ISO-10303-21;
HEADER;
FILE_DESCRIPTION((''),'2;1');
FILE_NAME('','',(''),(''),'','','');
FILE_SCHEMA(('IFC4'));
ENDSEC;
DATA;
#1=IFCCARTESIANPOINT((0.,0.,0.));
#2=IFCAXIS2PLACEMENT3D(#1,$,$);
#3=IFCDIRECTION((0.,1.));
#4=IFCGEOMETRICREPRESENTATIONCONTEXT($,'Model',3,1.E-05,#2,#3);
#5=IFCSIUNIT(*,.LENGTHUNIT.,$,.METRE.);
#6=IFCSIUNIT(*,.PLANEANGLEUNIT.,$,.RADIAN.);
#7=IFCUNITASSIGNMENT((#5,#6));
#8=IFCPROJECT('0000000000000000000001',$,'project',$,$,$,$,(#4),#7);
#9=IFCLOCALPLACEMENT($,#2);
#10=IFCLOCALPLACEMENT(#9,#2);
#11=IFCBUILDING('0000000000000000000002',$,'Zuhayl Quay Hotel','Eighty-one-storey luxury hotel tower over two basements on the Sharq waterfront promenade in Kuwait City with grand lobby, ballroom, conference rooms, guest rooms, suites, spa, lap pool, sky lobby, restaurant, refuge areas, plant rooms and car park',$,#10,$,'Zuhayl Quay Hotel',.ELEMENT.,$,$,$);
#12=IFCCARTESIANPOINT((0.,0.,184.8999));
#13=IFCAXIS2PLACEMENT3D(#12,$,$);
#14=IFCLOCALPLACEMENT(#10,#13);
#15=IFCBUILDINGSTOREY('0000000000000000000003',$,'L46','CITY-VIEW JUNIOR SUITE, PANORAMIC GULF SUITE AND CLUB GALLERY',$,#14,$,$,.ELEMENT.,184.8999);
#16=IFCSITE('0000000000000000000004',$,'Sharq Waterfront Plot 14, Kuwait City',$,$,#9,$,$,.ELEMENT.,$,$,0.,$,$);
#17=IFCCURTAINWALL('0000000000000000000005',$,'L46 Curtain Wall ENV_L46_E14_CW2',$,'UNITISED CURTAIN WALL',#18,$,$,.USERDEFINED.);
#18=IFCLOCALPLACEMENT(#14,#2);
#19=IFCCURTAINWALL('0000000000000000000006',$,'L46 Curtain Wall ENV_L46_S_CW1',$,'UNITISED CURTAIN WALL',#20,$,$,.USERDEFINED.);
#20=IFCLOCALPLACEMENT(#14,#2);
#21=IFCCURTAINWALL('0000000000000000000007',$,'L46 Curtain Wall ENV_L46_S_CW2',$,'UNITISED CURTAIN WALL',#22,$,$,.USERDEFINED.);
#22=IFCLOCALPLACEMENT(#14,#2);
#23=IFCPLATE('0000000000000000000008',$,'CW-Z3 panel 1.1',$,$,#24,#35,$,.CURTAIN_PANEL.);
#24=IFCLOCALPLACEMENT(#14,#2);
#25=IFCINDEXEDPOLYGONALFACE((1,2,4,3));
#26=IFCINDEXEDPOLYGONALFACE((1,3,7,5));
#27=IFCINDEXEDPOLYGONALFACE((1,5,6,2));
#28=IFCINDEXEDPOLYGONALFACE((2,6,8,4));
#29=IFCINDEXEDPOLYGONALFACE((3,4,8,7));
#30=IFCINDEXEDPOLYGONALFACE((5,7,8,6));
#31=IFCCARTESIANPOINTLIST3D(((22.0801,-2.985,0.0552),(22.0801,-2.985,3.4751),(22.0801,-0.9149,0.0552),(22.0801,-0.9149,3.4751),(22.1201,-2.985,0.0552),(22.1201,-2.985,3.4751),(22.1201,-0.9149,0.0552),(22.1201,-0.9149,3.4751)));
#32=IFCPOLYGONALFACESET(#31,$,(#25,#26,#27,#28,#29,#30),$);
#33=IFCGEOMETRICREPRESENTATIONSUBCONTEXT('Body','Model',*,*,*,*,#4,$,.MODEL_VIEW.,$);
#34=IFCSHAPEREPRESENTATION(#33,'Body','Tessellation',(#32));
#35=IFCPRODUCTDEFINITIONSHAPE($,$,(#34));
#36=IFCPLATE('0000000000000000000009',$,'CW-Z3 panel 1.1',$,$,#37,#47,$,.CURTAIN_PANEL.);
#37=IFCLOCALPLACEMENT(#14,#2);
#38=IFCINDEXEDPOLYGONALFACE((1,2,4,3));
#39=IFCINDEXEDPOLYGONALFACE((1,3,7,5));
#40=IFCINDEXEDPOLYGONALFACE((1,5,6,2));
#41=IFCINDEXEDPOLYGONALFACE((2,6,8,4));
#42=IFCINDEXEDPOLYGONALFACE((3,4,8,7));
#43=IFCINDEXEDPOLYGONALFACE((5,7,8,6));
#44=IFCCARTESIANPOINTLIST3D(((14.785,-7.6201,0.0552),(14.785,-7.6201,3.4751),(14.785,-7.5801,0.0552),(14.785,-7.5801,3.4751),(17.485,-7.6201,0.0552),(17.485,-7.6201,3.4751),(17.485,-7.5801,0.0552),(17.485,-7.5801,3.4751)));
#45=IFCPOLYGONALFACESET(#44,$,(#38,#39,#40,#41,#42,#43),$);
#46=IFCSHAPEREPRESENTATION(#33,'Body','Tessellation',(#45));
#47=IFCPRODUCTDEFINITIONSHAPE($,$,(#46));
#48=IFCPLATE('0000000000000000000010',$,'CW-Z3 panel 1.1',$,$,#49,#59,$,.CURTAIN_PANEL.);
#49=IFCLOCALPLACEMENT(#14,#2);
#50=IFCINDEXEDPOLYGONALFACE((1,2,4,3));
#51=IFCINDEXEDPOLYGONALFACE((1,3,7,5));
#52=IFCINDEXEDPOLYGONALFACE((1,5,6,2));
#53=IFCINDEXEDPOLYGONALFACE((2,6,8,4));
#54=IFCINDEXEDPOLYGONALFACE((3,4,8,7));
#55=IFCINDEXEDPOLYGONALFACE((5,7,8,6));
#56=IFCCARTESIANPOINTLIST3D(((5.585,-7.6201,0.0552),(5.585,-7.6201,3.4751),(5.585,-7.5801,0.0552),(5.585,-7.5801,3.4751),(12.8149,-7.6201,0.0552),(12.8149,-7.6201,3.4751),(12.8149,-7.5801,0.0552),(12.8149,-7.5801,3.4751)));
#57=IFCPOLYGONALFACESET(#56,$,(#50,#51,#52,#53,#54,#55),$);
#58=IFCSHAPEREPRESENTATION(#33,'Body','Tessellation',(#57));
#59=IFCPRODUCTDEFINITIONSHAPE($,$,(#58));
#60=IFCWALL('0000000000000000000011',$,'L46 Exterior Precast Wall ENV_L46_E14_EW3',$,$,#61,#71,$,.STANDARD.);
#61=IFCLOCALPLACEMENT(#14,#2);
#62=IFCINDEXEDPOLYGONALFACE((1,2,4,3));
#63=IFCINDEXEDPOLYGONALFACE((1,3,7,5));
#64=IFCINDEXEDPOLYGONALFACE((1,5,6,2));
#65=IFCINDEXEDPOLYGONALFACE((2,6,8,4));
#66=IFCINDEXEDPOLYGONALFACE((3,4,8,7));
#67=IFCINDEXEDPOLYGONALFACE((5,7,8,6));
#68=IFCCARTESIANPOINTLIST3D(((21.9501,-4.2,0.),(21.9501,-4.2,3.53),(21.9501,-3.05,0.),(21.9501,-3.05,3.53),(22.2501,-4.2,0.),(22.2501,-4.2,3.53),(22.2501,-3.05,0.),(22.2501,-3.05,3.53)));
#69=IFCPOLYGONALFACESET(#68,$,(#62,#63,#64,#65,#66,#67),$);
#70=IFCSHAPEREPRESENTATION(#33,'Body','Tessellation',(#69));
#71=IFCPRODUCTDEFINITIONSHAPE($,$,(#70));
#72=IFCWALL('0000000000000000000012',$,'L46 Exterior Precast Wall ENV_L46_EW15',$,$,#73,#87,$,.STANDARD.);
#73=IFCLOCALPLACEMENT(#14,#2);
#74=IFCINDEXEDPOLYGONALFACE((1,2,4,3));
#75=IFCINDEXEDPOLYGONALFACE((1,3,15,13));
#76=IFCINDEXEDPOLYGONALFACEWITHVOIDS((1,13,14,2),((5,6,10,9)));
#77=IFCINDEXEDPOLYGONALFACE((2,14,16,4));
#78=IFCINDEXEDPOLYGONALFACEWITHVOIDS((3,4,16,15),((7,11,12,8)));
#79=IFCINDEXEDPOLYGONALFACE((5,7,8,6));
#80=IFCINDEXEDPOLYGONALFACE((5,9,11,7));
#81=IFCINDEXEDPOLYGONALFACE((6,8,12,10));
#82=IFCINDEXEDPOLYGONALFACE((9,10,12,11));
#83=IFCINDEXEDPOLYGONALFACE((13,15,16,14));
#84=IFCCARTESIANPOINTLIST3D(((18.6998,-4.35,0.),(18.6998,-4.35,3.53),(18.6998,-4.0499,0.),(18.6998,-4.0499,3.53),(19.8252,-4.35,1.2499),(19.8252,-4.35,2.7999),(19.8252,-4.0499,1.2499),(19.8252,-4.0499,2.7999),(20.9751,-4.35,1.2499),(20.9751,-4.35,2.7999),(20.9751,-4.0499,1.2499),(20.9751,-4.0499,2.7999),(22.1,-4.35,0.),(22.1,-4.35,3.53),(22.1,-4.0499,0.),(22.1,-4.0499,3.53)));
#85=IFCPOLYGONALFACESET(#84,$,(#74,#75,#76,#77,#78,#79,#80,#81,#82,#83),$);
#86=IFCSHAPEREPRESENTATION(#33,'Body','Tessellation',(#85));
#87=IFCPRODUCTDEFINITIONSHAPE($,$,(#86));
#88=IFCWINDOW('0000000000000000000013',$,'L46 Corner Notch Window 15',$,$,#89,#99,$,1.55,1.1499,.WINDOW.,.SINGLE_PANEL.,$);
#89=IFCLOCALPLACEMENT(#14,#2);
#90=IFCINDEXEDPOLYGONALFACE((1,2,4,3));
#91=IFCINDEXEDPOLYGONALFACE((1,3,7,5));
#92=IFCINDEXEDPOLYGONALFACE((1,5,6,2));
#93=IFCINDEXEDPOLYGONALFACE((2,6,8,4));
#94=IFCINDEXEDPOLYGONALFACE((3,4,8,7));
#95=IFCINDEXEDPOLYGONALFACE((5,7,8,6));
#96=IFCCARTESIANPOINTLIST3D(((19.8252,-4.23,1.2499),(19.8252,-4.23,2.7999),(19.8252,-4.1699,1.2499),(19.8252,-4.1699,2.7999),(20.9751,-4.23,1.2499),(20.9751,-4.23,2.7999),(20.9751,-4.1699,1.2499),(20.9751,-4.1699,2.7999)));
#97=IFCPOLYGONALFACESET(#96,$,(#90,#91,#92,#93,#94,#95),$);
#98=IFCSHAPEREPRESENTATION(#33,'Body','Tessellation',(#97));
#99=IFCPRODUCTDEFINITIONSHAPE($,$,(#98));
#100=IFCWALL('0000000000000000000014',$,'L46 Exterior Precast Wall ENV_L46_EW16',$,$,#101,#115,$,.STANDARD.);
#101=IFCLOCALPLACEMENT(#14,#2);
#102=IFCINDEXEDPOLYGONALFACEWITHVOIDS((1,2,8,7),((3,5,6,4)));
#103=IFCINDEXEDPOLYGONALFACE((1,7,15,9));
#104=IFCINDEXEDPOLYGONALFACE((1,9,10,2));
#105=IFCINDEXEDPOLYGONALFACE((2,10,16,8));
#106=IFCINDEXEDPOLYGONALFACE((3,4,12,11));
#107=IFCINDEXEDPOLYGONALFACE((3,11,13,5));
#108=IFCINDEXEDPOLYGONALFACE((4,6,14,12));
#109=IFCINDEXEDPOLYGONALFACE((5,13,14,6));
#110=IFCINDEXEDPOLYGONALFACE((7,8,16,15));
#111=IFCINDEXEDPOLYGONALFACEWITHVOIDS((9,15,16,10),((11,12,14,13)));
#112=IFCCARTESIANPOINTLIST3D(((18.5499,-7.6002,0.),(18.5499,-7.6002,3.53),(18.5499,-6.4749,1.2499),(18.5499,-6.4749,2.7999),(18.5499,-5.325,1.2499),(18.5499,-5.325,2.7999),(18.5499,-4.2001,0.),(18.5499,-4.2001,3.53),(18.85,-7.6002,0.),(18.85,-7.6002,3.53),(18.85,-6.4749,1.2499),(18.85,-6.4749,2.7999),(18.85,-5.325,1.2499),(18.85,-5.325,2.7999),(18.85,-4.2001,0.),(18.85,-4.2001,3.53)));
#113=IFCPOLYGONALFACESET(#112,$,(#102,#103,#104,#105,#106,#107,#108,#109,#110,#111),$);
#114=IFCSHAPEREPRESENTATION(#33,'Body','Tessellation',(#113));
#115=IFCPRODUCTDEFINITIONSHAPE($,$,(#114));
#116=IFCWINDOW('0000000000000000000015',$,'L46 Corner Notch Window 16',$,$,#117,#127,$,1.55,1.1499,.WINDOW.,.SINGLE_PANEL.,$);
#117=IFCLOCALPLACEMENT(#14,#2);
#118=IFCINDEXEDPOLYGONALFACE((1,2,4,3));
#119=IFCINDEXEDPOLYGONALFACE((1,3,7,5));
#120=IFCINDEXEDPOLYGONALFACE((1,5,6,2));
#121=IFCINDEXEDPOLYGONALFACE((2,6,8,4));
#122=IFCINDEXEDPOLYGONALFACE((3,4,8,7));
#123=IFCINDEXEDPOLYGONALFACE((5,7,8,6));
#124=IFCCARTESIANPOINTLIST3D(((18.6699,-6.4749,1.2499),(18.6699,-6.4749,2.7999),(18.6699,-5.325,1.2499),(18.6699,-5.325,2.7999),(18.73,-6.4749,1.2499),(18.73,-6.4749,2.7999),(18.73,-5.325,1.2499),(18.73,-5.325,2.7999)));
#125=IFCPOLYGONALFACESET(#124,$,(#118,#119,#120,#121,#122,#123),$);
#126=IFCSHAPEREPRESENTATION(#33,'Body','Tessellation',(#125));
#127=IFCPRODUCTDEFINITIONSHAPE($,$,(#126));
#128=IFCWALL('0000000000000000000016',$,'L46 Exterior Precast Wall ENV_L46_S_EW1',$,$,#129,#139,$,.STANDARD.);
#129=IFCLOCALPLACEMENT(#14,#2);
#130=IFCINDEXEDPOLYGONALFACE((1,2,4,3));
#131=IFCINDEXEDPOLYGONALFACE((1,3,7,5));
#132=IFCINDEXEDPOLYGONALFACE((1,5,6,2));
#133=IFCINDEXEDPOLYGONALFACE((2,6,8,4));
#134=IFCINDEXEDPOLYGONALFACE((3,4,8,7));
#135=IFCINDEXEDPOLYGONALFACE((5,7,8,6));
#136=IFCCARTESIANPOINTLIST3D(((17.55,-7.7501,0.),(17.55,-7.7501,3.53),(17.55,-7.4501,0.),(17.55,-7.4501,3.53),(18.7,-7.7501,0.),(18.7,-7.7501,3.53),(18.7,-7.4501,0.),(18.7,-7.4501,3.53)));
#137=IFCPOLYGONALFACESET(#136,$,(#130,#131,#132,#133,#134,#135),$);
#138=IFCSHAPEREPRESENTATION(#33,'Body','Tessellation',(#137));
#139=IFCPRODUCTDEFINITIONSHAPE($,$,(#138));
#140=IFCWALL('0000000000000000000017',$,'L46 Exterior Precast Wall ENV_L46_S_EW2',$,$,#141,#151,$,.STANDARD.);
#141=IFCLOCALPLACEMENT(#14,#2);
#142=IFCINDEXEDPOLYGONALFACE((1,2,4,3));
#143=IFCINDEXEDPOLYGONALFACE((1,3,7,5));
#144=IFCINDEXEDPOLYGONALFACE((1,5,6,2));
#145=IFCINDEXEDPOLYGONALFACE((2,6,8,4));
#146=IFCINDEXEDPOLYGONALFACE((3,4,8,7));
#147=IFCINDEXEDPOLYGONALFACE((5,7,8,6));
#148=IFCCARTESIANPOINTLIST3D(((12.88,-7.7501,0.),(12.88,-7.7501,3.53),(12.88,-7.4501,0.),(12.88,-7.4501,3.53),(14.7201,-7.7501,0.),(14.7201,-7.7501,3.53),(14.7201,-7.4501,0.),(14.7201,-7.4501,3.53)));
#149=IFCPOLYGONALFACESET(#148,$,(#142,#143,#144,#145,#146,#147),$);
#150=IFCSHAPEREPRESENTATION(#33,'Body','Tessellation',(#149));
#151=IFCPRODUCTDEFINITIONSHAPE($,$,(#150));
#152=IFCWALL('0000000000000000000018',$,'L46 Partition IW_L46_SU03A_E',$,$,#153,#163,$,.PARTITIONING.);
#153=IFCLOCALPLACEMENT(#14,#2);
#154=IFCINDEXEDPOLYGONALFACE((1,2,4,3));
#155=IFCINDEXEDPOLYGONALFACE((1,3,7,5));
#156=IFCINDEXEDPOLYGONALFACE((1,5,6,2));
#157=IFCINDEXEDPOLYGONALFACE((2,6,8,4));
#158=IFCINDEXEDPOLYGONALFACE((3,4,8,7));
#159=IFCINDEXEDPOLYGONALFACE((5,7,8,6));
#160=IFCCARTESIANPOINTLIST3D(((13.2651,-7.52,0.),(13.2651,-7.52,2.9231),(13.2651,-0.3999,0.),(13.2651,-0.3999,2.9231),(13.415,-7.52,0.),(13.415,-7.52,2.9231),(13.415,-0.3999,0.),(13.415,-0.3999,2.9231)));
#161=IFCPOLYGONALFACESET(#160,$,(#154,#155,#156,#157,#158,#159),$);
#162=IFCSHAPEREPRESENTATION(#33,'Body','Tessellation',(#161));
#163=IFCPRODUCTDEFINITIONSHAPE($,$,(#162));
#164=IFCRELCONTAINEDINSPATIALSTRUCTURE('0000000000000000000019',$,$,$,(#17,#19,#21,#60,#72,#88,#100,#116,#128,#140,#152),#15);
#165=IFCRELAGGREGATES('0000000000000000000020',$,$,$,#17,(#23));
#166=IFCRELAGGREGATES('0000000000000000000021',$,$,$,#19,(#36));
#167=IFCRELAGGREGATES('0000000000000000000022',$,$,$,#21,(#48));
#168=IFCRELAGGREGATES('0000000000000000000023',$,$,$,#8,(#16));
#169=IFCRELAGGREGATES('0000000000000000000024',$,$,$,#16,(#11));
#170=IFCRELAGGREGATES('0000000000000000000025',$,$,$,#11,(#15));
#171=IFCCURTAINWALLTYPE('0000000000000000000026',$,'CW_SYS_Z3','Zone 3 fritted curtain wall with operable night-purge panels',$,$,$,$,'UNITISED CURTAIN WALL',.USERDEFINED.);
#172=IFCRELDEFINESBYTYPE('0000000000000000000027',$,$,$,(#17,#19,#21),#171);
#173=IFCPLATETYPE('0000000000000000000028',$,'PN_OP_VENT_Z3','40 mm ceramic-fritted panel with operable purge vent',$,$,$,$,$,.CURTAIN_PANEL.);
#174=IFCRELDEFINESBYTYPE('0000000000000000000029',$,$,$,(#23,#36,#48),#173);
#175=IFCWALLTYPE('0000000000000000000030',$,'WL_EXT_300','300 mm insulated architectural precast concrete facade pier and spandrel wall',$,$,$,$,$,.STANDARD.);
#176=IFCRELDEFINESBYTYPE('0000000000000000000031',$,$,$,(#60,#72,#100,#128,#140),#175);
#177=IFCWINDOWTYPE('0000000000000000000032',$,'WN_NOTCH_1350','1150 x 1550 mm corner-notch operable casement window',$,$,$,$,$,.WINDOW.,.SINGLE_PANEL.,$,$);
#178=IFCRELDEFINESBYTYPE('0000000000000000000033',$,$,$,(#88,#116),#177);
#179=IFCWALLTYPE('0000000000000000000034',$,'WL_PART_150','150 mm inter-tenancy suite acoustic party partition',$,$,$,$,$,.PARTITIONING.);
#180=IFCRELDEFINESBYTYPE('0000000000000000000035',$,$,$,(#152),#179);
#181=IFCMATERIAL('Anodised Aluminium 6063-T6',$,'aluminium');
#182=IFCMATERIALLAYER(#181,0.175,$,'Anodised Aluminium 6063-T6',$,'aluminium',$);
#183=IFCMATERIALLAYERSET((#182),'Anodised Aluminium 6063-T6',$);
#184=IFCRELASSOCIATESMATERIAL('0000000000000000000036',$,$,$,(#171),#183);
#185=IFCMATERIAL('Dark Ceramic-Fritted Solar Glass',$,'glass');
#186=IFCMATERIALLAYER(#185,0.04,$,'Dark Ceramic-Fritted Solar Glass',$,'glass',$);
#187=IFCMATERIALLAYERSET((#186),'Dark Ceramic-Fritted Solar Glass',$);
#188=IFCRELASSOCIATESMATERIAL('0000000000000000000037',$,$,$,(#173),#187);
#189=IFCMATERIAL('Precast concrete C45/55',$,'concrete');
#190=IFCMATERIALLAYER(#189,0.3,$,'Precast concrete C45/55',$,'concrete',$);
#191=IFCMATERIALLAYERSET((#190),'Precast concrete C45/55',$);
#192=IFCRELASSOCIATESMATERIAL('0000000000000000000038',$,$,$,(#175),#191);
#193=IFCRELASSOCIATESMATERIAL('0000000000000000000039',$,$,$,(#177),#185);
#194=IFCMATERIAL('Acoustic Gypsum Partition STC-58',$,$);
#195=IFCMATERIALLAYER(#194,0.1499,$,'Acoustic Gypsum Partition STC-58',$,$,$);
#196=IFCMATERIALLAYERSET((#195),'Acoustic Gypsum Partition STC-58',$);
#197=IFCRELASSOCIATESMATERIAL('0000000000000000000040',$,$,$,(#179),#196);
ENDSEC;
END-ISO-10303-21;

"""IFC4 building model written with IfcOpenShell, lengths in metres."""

from ifc_helpers import new_model, si_unit, direction, frame, frame_2d, origin, origin_2d, place, context, subcontext, project, spatial, rectangle, extrude, material, layer, layer_set, type_object, element, fill, aggregate, save


model = new_model("IFC4")

# Units and contexts
model_context = context("Model", 3, precision=1e-05, world=origin(), true_north=direction((0.0, 1.0)))
body_context = subcontext(model_context, "Body", "Model", "MODEL_VIEW")
ifc_project = project(units=[si_unit("LENGTHUNIT", "METRE"), si_unit("PLANEANGLEUNIT", "RADIAN")], contexts=[model_context])

# Site, building, storey
site_placement = place(None, origin())
site = spatial("IfcSite", under=ifc_project, at=site_placement, Name="Sharq Waterfront Plot 14, Kuwait City", CompositionType="ELEMENT", RefElevation=0.0)
building_placement = place(site_placement, origin())
building = spatial("IfcBuilding", under=site, at=building_placement, Name="Zuhayl Quay Hotel", Description="Eighty-one-storey luxury hotel tower over two basements on the Sharq waterfront promenade in Kuwait City with grand lobby, ballroom, conference rooms, guest rooms, suites, spa, lap pool, sky lobby, restaurant, refuge areas, plant rooms and car park", LongName="Zuhayl Quay Hotel", CompositionType="ELEMENT")
storey_placement = place(building_placement, frame((0.0, 0.0, 184.8999)))
storey = spatial("IfcBuildingStorey", under=building, at=storey_placement, Name="L46", Description="CITY-VIEW JUNIOR SUITE, PANORAMIC GULF SUITE AND CLUB GALLERY", CompositionType="ELEMENT", Elevation=184.8999)

# Curtain wall
ifc_material_1 = material(Name="Anodised Aluminium 6063-T6", Category="aluminium")
ifc_layer_1 = layer(ifc_material_1, 0.175, Name="Anodised Aluminium 6063-T6", Category="aluminium")
ifc_layer_set_1 = layer_set([ifc_layer_1], Name="Anodised Aluminium 6063-T6")
curtain_wall_type = type_object("IfcCurtainWallType", Name="CW_SYS_Z3", Description="Zone 3 fritted curtain wall with operable night-purge panels", ElementType="UNITISED CURTAIN WALL", PredefinedType="USERDEFINED", material=ifc_layer_set_1)
curtain_wall_1_placement = place(storey_placement, origin())
curtain_wall_1 = element("IfcCurtainWall", 1, at=curtain_wall_1_placement, inside=storey, type_object=curtain_wall_type, Name="L46 Curtain Wall ENV_L46_E14_CW2", ObjectType="UNITISED CURTAIN WALL", PredefinedType="USERDEFINED")

# Curtain wall
curtain_wall_2_placement = place(storey_placement, origin())
curtain_wall_2 = element("IfcCurtainWall", 2, at=curtain_wall_2_placement, inside=storey, type_object=curtain_wall_type, Name="L46 Curtain Wall ENV_L46_S_CW1", ObjectType="UNITISED CURTAIN WALL", PredefinedType="USERDEFINED")

# Curtain wall
curtain_wall_3_placement = place(storey_placement, origin())
curtain_wall_3 = element("IfcCurtainWall", 3, at=curtain_wall_3_placement, inside=storey, type_object=curtain_wall_type, Name="L46 Curtain Wall ENV_L46_S_CW2", ObjectType="UNITISED CURTAIN WALL", PredefinedType="USERDEFINED")

# Plates
ifc_material_2 = material(Name="Dark Ceramic-Fritted Solar Glass", Category="glass")
ifc_layer_2 = layer(ifc_material_2, 0.04, Name="Dark Ceramic-Fritted Solar Glass", Category="glass")
ifc_layer_set_2 = layer_set([ifc_layer_2], Name="Dark Ceramic-Fritted Solar Glass")
plate_type = type_object("IfcPlateType", Name="PN_OP_VENT_Z3", Description="40 mm ceramic-fritted panel with operable purge vent", PredefinedType="CURTAIN_PANEL", material=ifc_layer_set_2)
plate_1_placement = place(storey_placement, frame((22.1001, -1.95, 0.0552), z_axis=(0.0, 0.0, 1.0), x_axis=(0.0, -1.0, 0.0)))
plate_1 = element("IfcPlate", 4, at=plate_1_placement, type_object=plate_type, Name="CW-Z3 panel 1.1", PredefinedType="CURTAIN_PANEL", context=body_context, shape_type="SweptSolid", body=[
    extrude(rectangle(XDim=2.0701, YDim=0.04, at=origin_2d()), origin(), (0.0, 0.0, 1.0), 3.4199),
])
aggregate(curtain_wall_1, [plate_1])
plate_2_placement = place(storey_placement, frame((16.135, -7.6001, 0.0552), z_axis=(0.0, 0.0, 1.0), x_axis=(-1.0, 0.0, 0.0)))
plate_2 = element("IfcPlate", 5, at=plate_2_placement, type_object=plate_type, Name="CW-Z3 panel 1.1", PredefinedType="CURTAIN_PANEL", context=body_context, shape_type="SweptSolid", body=[
    extrude(rectangle(XDim=2.7, YDim=0.04, at=origin_2d()), origin(), (0.0, 0.0, 1.0), 3.4199),
])
aggregate(curtain_wall_2, [plate_2])
plate_3_placement = place(storey_placement, frame((9.2, -7.6001, 0.0552), z_axis=(0.0, 0.0, 1.0), x_axis=(-1.0, 0.0, 0.0)))
plate_3 = element("IfcPlate", 6, at=plate_3_placement, type_object=plate_type, Name="CW-Z3 panel 1.1", PredefinedType="CURTAIN_PANEL", context=body_context, shape_type="SweptSolid", body=[
    extrude(rectangle(XDim=7.23, YDim=0.04, at=origin_2d()), origin(), (0.0, 0.0, 1.0), 3.4199),
])
aggregate(curtain_wall_3, [plate_3])

# Wall
ifc_material_3 = material(Name="Precast concrete C45/55", Category="concrete")
ifc_layer_3 = layer(ifc_material_3, 0.3, Name="Precast concrete C45/55", Category="concrete")
ifc_layer_set_3 = layer_set([ifc_layer_3], Name="Precast concrete C45/55")
wall_type_1 = type_object("IfcWallType", Name="WL_EXT_300", Description="300 mm insulated architectural precast concrete facade pier and spandrel wall", PredefinedType="STANDARD", material=ifc_layer_set_3)
wall_1_placement = place(storey_placement, frame((22.1001, -3.05, 0.0), z_axis=(0.0, 0.0, 1.0), x_axis=(0.0, -1.0, 0.0)))
element("IfcWall", 7, at=wall_1_placement, inside=storey, type_object=wall_type_1, Name="L46 Exterior Precast Wall ENV_L46_E14_EW3", PredefinedType="STANDARD", context=body_context, shape_type="SweptSolid", body=[
    extrude(rectangle(XDim=1.1499, YDim=0.3, at=frame_2d((0.575, 0.0))), origin(), (0.0, 0.0, 1.0), 3.53),
])

# Walls, openings, windows
wall_2_placement = place(storey_placement, frame((22.1001, -4.2, 0.0), z_axis=(0.0, 0.0, 1.0), x_axis=(-1.0, 0.0, 0.0)))
wall_2 = element("IfcWall", 8, at=wall_2_placement, inside=storey, type_object=wall_type_1, Name="L46 Exterior Precast Wall ENV_L46_EW15", PredefinedType="STANDARD", context=body_context, shape_type="SweptSolid", body=[
    extrude(rectangle(XDim=3.4001, YDim=0.3, at=frame_2d((1.7002, 0.0))), origin(), (0.0, 0.0, 1.0), 3.53),
])
opening_1_placement = place(wall_2_placement, frame((1.125, 0.0, 1.25)))
opening_1 = element("IfcOpeningElement", 9, at=opening_1_placement, cuts=wall_2, PredefinedType="OPENING", context=body_context, shape_type="SweptSolid", body=[
    extrude(rectangle(XDim=1.1499, YDim=1.55, at=frame_2d((0.575, 0.7749))), frame((0.0, 0.1599, 0.0), z_axis=(0.0, -1.0, 0.0), x_axis=(1.0, 0.0, 0.0)), (0.0, 0.0, 1.0), 0.3201),
])
window_type = type_object("IfcWindowType", Name="WN_NOTCH_1350", Description="1150 x 1550 mm corner-notch operable casement window", PartitioningType="SINGLE_PANEL", PredefinedType="WINDOW", material=ifc_material_2)
window_1_placement = place(opening_1_placement, origin())
window_1 = element("IfcWindow", 10, at=window_1_placement, inside=storey, type_object=window_type, Name="L46 Corner Notch Window 15", OverallHeight=1.55, OverallWidth=1.1499, PartitioningType="SINGLE_PANEL", PredefinedType="WINDOW", context=body_context, shape_type="SweptSolid", body=[
    extrude(rectangle(XDim=1.1499, YDim=1.55, at=frame_2d((0.575, 0.7749))), frame((0.0, 0.03, 0.0), z_axis=(0.0, -1.0, 0.0), x_axis=(1.0, 0.0, 0.0)), (0.0, 0.0, 1.0), 0.0601),
])
fill(opening_1, window_1)
wall_3_placement = place(storey_placement, frame((18.7, -4.2, 0.0), z_axis=(0.0, 0.0, 1.0), x_axis=(0.0, -1.0, 0.0)))
wall_3 = element("IfcWall", 11, at=wall_3_placement, inside=storey, type_object=wall_type_1, Name="L46 Exterior Precast Wall ENV_L46_EW16", PredefinedType="STANDARD", context=body_context, shape_type="SweptSolid", body=[
    extrude(rectangle(XDim=3.4001, YDim=0.3, at=frame_2d((1.7002, 0.0))), origin(), (0.0, 0.0, 1.0), 3.53),
])
opening_2_placement = place(wall_3_placement, frame((1.125, 0.0, 1.25)))
opening_2 = element("IfcOpeningElement", 12, at=opening_2_placement, cuts=wall_3, PredefinedType="OPENING", context=body_context, shape_type="SweptSolid", body=[
    extrude(rectangle(XDim=1.1499, YDim=1.55, at=frame_2d((0.575, 0.7749))), frame((0.0, 0.1599, 0.0), z_axis=(0.0, -1.0, 0.0), x_axis=(1.0, 0.0, 0.0)), (0.0, 0.0, 1.0), 0.3201),
])
window_2_placement = place(opening_2_placement, origin())
window_2 = element("IfcWindow", 13, at=window_2_placement, inside=storey, type_object=window_type, Name="L46 Corner Notch Window 16", OverallHeight=1.55, OverallWidth=1.1499, PartitioningType="SINGLE_PANEL", PredefinedType="WINDOW", context=body_context, shape_type="SweptSolid", body=[
    extrude(rectangle(XDim=1.1499, YDim=1.55, at=frame_2d((0.575, 0.7749))), frame((0.0, 0.03, 0.0), z_axis=(0.0, -1.0, 0.0), x_axis=(1.0, 0.0, 0.0)), (0.0, 0.0, 1.0), 0.0601),
])
fill(opening_2, window_2)

# Walls
wall_4_placement = place(storey_placement, frame((18.7, -7.6001, 0.0), z_axis=(0.0, 0.0, 1.0), x_axis=(-1.0, 0.0, 0.0)))
element("IfcWall", 14, at=wall_4_placement, inside=storey, type_object=wall_type_1, Name="L46 Exterior Precast Wall ENV_L46_S_EW1", PredefinedType="STANDARD", context=body_context, shape_type="SweptSolid", body=[
    extrude(rectangle(XDim=1.1499, YDim=0.3, at=frame_2d((0.575, 0.0))), origin(), (0.0, 0.0, 1.0), 3.53),
])
wall_5_placement = place(storey_placement, frame((14.72, -7.6001, 0.0), z_axis=(0.0, 0.0, 1.0), x_axis=(-1.0, 0.0, 0.0)))
element("IfcWall", 15, at=wall_5_placement, inside=storey, type_object=wall_type_1, Name="L46 Exterior Precast Wall ENV_L46_S_EW2", PredefinedType="STANDARD", context=body_context, shape_type="SweptSolid", body=[
    extrude(rectangle(XDim=1.8401, YDim=0.3, at=frame_2d((0.9199, 0.0))), origin(), (0.0, 0.0, 1.0), 3.53),
])
ifc_material_4 = material(Name="Acoustic Gypsum Partition STC-58")
ifc_layer_4 = layer(ifc_material_4, 0.1499, Name="Acoustic Gypsum Partition STC-58")
ifc_layer_set_4 = layer_set([ifc_layer_4], Name="Acoustic Gypsum Partition STC-58")
wall_type_2 = type_object("IfcWallType", Name="WL_PART_150", Description="150 mm inter-tenancy suite acoustic party partition", PredefinedType="PARTITIONING", material=ifc_layer_set_4)
wall_6_placement = place(storey_placement, frame((13.3401, -7.52, 0.0), z_axis=(0.0, 0.0, 1.0), x_axis=(0.0, 1.0, 0.0)))
element("IfcWall", 16, at=wall_6_placement, inside=storey, type_object=wall_type_2, Name="L46 Partition IW_L46_SU03A_E", PredefinedType="PARTITIONING", context=body_context, shape_type="SweptSolid", body=[
    extrude(rectangle(XDim=7.1201, YDim=0.1499, at=frame_2d((3.5601, 0.0))), origin(), (0.0, 0.0, 1.0), 2.9231),
])

save(model, "model.ifc")
